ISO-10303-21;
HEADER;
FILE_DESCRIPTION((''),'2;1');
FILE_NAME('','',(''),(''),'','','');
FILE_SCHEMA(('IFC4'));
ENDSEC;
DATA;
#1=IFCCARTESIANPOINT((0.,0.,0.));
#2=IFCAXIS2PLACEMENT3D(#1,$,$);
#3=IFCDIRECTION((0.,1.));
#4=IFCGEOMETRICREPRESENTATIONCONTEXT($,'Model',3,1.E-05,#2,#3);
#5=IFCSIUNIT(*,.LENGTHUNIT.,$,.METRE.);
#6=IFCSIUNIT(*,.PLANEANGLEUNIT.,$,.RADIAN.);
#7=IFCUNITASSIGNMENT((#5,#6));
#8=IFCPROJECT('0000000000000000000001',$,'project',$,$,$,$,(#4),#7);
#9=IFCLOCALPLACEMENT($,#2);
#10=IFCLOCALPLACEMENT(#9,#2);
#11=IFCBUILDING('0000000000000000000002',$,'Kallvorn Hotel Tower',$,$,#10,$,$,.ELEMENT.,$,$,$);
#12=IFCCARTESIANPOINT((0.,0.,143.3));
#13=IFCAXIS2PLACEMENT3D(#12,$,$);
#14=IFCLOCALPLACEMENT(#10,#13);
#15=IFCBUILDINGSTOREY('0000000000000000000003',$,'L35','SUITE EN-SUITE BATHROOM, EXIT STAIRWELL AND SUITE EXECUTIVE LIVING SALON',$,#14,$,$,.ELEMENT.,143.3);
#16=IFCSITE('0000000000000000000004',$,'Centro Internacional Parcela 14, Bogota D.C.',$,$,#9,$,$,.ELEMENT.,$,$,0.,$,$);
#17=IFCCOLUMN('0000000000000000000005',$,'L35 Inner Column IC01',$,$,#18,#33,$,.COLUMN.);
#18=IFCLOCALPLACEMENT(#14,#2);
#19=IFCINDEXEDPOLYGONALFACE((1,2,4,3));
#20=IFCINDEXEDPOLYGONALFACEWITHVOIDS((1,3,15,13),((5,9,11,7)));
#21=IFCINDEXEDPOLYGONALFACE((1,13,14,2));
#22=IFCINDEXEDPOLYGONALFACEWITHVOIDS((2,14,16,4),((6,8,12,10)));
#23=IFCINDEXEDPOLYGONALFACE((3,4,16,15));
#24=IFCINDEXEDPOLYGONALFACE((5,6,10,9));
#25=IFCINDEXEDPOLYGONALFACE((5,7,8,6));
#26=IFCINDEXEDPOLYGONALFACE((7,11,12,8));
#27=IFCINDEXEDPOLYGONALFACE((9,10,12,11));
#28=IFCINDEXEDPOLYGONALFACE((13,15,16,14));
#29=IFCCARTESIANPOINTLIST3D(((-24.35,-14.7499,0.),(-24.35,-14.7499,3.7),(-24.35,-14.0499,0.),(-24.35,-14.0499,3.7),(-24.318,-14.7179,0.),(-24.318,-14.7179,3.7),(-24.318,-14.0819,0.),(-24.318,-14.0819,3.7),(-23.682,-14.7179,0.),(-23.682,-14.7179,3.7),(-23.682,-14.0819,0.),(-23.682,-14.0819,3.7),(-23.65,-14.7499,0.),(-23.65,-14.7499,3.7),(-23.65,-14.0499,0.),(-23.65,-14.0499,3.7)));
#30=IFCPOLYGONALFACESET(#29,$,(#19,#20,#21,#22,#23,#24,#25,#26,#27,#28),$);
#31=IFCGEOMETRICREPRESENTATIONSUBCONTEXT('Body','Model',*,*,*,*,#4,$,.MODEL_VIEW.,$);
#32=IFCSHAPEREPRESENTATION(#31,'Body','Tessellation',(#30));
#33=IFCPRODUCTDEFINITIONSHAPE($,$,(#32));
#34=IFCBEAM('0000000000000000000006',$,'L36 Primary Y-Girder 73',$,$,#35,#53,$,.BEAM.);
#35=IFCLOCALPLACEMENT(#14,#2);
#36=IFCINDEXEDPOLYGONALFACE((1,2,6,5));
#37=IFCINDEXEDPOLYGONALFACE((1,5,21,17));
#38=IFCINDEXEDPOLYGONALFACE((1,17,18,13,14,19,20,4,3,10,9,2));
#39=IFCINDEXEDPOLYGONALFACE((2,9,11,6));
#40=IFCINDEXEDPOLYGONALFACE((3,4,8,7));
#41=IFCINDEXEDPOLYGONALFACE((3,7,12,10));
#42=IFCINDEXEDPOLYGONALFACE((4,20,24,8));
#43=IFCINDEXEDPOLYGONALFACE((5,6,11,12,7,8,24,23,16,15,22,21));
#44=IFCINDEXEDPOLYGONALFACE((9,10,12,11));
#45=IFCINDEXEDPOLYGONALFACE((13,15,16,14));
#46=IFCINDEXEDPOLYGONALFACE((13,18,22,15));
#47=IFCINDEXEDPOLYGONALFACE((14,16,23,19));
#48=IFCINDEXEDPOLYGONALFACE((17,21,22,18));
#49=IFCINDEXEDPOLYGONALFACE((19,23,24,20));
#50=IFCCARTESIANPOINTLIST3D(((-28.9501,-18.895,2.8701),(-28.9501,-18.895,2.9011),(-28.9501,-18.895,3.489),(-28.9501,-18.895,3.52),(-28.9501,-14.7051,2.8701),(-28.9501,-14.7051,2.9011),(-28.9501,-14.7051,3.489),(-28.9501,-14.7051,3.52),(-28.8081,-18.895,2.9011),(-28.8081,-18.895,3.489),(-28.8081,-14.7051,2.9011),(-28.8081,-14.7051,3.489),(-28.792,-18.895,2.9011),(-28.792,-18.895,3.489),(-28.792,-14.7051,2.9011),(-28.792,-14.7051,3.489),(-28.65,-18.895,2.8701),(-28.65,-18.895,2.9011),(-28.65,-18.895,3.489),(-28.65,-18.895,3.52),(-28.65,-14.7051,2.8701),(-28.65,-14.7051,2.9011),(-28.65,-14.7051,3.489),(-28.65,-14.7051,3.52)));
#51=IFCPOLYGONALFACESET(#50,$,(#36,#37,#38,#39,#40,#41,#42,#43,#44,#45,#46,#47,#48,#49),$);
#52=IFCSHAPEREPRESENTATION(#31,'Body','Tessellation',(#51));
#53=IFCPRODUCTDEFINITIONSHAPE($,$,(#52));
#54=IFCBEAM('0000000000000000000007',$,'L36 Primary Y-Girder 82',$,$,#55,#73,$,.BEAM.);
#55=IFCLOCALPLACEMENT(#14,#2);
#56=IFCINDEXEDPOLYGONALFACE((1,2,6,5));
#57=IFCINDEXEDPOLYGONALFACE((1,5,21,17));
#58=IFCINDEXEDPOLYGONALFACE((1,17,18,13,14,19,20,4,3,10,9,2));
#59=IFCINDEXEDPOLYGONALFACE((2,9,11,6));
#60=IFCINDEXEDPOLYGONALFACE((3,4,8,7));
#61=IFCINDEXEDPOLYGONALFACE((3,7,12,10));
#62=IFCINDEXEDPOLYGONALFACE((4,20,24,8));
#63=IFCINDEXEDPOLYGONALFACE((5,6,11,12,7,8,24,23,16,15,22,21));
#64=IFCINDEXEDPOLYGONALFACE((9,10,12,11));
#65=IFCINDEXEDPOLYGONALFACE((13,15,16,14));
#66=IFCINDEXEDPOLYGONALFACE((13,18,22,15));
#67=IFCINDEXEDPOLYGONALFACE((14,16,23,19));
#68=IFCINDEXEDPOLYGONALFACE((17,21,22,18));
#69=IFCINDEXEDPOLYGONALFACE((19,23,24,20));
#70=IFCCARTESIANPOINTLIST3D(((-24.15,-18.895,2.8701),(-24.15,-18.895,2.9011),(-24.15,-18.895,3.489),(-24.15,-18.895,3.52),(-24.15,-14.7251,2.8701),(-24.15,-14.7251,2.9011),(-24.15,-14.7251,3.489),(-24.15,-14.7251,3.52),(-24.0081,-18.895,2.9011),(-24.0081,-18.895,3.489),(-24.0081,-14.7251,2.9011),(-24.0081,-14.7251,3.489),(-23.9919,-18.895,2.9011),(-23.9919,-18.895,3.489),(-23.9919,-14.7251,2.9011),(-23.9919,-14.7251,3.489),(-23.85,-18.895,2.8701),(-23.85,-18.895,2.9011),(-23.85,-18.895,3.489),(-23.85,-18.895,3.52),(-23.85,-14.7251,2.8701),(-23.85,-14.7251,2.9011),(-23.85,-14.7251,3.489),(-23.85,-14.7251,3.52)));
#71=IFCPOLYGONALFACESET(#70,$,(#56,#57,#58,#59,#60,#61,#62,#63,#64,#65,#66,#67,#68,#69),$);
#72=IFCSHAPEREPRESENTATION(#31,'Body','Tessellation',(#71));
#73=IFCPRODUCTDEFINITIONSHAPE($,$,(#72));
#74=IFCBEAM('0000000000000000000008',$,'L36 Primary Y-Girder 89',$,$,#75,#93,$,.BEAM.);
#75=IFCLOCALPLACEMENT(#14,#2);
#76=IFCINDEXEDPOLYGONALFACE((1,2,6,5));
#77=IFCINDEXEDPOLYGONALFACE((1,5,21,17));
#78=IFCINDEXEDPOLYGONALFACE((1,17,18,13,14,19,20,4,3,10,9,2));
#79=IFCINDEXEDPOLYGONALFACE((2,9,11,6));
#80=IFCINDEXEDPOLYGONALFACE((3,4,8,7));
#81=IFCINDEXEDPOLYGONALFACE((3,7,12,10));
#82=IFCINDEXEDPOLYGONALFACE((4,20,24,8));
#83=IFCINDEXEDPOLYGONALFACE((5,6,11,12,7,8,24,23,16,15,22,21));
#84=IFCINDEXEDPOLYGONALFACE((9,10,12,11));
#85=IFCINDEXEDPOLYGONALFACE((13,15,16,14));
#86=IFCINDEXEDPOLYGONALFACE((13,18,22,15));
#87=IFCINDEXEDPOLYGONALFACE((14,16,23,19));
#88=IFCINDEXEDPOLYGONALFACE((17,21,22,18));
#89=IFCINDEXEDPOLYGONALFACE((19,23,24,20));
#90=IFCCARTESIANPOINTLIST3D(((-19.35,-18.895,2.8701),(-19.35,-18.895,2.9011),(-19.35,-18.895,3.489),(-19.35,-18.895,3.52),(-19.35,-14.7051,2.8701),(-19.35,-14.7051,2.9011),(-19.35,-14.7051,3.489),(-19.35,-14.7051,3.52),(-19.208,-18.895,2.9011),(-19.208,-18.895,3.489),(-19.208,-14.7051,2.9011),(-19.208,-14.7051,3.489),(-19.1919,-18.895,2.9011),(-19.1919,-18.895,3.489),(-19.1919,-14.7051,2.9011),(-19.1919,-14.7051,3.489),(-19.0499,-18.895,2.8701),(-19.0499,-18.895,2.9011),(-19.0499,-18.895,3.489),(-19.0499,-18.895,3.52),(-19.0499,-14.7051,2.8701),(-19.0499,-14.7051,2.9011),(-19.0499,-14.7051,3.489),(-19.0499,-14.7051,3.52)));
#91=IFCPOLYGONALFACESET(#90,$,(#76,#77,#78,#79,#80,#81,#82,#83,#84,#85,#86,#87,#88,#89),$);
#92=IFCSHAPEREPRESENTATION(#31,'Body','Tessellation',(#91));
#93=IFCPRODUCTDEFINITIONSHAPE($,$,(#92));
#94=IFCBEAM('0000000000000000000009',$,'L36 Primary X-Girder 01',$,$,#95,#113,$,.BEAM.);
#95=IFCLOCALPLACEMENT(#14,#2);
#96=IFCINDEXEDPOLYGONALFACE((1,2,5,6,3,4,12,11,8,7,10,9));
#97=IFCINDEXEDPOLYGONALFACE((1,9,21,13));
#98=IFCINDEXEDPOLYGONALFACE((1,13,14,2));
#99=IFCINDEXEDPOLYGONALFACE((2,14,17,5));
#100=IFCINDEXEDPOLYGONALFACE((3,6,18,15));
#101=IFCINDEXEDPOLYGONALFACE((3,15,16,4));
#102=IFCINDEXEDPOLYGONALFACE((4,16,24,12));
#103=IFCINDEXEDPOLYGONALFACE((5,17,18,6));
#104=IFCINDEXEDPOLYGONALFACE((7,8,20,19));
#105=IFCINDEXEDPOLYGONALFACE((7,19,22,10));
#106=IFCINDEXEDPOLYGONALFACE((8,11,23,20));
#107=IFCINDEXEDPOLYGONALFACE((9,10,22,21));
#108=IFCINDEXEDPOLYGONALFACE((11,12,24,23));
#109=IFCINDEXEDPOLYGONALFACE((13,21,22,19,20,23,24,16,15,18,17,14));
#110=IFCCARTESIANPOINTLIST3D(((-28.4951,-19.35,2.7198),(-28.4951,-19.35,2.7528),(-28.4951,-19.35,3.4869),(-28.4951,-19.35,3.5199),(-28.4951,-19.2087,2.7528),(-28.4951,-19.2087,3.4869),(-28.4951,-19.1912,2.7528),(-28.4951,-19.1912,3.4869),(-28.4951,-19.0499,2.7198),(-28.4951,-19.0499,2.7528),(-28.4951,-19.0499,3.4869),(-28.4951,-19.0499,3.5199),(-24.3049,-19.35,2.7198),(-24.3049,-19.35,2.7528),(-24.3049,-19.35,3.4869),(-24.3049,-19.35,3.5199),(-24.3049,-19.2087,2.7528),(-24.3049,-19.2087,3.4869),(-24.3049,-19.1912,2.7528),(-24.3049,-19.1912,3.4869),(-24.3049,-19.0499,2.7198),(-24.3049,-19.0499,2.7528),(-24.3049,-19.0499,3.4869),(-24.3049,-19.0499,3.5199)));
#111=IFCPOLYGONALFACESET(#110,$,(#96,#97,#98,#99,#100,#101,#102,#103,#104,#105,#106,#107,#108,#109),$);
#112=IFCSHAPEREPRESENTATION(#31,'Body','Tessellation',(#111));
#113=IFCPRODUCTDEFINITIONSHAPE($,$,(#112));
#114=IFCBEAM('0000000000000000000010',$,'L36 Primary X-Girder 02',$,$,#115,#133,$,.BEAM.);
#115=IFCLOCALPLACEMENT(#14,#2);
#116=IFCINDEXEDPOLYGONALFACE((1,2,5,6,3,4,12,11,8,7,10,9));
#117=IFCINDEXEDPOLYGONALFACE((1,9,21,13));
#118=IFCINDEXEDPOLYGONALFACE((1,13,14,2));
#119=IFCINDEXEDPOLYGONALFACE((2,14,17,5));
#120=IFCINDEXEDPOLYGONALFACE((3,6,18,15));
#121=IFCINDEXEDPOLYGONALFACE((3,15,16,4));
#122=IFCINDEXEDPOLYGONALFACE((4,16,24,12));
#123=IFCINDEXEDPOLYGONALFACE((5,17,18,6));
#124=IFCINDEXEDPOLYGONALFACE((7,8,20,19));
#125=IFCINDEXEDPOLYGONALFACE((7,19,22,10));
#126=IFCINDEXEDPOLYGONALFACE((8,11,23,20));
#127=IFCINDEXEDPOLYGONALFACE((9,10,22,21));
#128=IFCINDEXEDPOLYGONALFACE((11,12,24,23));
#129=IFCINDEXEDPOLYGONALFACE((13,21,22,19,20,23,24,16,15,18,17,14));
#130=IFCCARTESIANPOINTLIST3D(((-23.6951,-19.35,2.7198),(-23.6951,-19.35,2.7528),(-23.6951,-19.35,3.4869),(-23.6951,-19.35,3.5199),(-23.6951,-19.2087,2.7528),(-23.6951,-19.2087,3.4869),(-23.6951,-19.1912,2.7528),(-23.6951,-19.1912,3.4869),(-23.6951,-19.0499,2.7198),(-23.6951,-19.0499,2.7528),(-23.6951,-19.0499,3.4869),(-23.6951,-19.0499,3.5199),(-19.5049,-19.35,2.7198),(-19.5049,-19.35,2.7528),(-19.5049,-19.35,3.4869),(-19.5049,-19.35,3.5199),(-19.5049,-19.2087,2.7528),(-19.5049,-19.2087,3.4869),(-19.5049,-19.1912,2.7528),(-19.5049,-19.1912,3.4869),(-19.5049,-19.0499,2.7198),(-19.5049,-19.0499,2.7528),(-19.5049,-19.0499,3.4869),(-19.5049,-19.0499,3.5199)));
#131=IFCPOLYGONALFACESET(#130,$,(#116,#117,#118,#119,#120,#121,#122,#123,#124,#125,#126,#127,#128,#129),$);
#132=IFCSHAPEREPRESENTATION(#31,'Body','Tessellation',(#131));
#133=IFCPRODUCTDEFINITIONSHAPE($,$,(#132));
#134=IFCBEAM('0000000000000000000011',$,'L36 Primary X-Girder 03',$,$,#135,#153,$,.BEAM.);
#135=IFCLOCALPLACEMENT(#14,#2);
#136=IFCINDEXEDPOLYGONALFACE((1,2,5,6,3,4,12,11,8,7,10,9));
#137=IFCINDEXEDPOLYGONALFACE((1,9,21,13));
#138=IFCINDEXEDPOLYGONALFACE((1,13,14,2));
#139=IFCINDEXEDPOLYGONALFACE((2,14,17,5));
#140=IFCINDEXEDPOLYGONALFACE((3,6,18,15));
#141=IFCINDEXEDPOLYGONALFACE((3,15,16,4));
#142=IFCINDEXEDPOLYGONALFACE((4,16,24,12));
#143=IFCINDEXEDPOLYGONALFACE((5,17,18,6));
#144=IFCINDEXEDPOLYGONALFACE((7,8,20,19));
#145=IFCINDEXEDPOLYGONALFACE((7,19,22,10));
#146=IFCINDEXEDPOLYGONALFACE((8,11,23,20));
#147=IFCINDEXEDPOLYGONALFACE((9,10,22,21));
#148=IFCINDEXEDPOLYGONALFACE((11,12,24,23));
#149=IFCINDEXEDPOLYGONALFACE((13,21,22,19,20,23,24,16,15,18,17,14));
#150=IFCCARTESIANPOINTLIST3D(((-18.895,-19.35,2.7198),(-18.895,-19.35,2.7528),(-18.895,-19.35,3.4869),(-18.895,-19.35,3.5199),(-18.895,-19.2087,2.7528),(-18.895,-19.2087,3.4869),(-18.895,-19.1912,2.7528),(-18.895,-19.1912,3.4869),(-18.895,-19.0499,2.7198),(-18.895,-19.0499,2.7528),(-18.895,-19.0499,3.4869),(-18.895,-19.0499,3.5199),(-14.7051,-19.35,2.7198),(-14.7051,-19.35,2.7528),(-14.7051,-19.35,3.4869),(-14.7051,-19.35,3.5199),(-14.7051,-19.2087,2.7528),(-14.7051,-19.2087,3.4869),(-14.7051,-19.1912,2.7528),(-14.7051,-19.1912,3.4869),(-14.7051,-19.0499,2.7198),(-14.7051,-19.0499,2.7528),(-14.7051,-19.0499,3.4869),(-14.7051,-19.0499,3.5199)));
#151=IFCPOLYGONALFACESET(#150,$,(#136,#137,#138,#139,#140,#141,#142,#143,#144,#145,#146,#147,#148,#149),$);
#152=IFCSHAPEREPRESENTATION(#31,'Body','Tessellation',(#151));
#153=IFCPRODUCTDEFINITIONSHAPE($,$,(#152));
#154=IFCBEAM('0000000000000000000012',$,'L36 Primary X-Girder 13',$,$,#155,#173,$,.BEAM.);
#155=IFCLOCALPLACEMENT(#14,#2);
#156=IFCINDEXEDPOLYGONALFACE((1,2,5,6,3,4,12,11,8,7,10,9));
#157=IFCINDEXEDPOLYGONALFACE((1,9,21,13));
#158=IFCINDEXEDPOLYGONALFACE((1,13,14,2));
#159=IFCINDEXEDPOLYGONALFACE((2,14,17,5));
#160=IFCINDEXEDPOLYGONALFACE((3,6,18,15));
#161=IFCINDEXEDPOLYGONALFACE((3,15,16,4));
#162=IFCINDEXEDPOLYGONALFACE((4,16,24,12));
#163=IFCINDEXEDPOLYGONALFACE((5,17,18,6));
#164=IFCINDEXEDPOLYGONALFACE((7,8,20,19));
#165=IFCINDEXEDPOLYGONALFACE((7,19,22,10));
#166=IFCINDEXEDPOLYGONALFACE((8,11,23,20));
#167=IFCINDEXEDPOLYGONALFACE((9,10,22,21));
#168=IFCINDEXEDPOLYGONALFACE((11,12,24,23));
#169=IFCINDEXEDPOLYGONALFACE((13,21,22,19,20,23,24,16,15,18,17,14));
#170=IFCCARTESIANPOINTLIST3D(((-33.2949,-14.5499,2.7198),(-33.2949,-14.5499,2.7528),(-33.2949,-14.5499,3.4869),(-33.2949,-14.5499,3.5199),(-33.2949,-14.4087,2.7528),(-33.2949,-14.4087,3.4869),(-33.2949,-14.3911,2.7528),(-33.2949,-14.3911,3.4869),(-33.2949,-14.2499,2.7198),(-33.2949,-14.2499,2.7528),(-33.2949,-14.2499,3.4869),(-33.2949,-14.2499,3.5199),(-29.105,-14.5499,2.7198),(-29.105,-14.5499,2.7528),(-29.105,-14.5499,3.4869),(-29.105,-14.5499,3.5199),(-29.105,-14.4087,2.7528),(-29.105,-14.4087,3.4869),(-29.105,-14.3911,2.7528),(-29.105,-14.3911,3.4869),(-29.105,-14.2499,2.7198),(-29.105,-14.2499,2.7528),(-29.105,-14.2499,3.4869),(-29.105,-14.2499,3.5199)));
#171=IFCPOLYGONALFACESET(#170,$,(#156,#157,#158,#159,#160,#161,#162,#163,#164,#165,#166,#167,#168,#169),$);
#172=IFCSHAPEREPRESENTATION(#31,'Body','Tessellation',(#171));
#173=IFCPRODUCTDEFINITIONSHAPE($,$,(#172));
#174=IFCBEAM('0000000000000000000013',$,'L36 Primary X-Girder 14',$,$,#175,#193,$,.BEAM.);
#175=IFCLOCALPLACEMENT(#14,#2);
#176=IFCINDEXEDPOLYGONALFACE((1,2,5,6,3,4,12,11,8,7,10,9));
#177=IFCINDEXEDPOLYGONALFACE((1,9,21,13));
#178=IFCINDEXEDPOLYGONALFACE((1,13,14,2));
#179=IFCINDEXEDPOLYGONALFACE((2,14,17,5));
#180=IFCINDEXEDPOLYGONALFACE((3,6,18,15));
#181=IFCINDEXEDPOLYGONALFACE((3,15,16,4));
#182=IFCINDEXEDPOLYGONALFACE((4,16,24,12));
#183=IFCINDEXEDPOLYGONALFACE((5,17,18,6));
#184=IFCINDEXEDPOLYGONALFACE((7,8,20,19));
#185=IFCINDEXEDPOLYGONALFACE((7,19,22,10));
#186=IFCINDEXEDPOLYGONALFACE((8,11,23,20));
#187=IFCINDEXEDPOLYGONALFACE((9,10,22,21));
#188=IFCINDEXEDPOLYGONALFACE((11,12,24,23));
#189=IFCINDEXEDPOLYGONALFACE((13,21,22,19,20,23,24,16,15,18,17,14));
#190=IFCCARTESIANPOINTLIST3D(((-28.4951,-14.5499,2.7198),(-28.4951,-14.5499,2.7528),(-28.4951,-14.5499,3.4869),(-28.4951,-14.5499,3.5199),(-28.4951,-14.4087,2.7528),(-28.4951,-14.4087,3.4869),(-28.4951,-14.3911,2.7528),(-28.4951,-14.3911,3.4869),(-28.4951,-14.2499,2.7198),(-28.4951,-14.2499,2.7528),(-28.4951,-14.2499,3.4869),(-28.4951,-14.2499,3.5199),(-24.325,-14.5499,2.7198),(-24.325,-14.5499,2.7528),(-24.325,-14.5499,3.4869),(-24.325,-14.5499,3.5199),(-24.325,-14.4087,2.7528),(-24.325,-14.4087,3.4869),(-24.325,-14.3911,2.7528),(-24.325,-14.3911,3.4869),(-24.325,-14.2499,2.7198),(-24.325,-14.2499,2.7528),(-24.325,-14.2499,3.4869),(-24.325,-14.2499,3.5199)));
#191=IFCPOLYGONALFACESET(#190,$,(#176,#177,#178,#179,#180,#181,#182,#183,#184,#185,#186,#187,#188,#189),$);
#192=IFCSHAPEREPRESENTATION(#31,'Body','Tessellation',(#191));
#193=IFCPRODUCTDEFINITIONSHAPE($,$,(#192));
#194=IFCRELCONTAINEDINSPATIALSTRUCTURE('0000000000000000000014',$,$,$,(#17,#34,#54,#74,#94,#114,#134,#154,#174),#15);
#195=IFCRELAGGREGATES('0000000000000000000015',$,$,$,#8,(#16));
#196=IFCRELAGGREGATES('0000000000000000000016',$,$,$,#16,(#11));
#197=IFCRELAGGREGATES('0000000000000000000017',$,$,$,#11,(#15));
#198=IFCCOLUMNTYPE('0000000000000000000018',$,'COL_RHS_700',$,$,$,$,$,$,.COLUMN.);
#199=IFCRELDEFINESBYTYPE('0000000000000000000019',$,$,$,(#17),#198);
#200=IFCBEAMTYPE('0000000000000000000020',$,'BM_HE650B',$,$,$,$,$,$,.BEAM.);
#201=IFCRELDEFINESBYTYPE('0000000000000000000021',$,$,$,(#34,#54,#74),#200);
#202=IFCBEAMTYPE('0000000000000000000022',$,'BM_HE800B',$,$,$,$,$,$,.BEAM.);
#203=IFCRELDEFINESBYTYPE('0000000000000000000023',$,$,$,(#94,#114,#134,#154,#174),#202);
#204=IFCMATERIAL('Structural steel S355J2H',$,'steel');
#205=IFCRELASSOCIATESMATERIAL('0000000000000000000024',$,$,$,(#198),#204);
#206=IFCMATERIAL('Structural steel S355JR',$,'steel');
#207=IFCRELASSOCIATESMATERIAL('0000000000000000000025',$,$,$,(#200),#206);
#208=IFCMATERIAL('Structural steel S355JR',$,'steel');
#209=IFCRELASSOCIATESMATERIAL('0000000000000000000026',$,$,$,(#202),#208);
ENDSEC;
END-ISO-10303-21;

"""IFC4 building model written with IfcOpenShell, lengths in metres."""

from ifc_helpers import new_model, si_unit, direction, frame, origin, origin_2d, place, context, subcontext, project, spatial, hollow_rectangle, i_section, extrude, material, material_profile, profile_set, type_object, element, save


model = new_model("IFC4")

# Units and contexts
model_context = context("Model", 3, precision=1e-05, world=origin(), true_north=direction((0.0, 1.0)))
body_context = subcontext(model_context, "Body", "Model", "MODEL_VIEW")
ifc_project = project(units=[si_unit("LENGTHUNIT", "METRE"), si_unit("PLANEANGLEUNIT", "RADIAN")], contexts=[model_context])

# Site, building, storey
site_placement = place(None, origin())
site = spatial("IfcSite", under=ifc_project, at=site_placement, Name="Centro Internacional Parcela 14, Bogota D.C.", CompositionType="ELEMENT", RefElevation=0.0)
building_placement = place(site_placement, origin())
building = spatial("IfcBuilding", under=site, at=building_placement, Name="Kallvorn Hotel Tower", CompositionType="ELEMENT")
storey_placement = place(building_placement, frame((0.0, 0.0, 143.3)))
storey = spatial("IfcBuildingStorey", under=building, at=storey_placement, Name="L35", Description="SUITE EN-SUITE BATHROOM, EXIT STAIRWELL AND SUITE EXECUTIVE LIVING SALON", CompositionType="ELEMENT", Elevation=143.3)

# Column
ifc_material_1 = material(Name="Structural steel S355J2H", Category="steel")
ifc_material_profile_1 = material_profile(ifc_material_1, hollow_rectangle(XDim=0.7, YDim=0.7, WallThickness=0.032, at=origin_2d()), Name="RHS 700x700x32")
ifc_profile_set_1 = profile_set([ifc_material_profile_1], Name="Structural steel S355J2H")
column_type_1 = type_object("IfcColumnType", Name="COL_RHS_700", PredefinedType="COLUMN", material=ifc_profile_set_1)
column_placement = place(storey_placement, frame((-24.0, -14.3999, 0.0), z_axis=(0.0, 0.0, 1.0), x_axis=(1.0, 0.0, 0.0)))
element("IfcColumn", 1, at=column_placement, inside=storey, type_object=column_type_1, Name="L35 Inner Column IC01", PredefinedType="COLUMN", context=body_context, shape_type="SweptSolid", body=[
    extrude(hollow_rectangle(XDim=0.7, YDim=0.7, WallThickness=0.032, at=origin_2d()), origin(), (0.0, 0.0, 1.0), 3.7),
])

# Beams
ifc_material_2 = material(Name="Structural steel S355JR", Category="steel")
ifc_material_profile_2 = material_profile(ifc_material_2, i_section(OverallWidth=0.3, OverallDepth=0.6499, WebThickness=0.0161, FlangeThickness=0.031, at=origin_2d()), Name="HE 650 B")
ifc_profile_set_2 = profile_set([ifc_material_profile_2], Name="Structural steel S355JR")
beam_type_1 = type_object("IfcBeamType", Name="BM_HE650B", PredefinedType="BEAM", material=ifc_profile_set_2)
beam_1_placement = place(storey_placement, frame((-28.8, -18.895, 3.1951), z_axis=(0.0, 1.0, 0.0), x_axis=(-1.0, 0.0, 0.0)))
element("IfcBeam", 2, at=beam_1_placement, inside=storey, type_object=beam_type_1, Name="L36 Primary Y-Girder 73", PredefinedType="BEAM", context=body_context, shape_type="SweptSolid", body=[
    extrude(i_section(OverallWidth=0.3, OverallDepth=0.6499, WebThickness=0.0161, FlangeThickness=0.031, at=origin_2d()), origin(), (0.0, 0.0, 1.0), 4.1899),
])
beam_2_placement = place(storey_placement, frame((-24.0, -18.895, 3.1951), z_axis=(0.0, 1.0, 0.0), x_axis=(-1.0, 0.0, 0.0)))
element("IfcBeam", 3, at=beam_2_placement, inside=storey, type_object=beam_type_1, Name="L36 Primary Y-Girder 82", PredefinedType="BEAM", context=body_context, shape_type="SweptSolid", body=[
    extrude(i_section(OverallWidth=0.3, OverallDepth=0.6499, WebThickness=0.0161, FlangeThickness=0.031, at=origin_2d()), origin(), (0.0, 0.0, 1.0), 4.1699),
])
beam_3_placement = place(storey_placement, frame((-19.2, -18.895, 3.1951), z_axis=(0.0, 1.0, 0.0), x_axis=(-1.0, 0.0, 0.0)))
element("IfcBeam", 4, at=beam_3_placement, inside=storey, type_object=beam_type_1, Name="L36 Primary Y-Girder 89", PredefinedType="BEAM", context=body_context, shape_type="SweptSolid", body=[
    extrude(i_section(OverallWidth=0.3, OverallDepth=0.6499, WebThickness=0.0161, FlangeThickness=0.031, at=origin_2d()), origin(), (0.0, 0.0, 1.0), 4.1899),
])
ifc_material_3 = material(Name="Structural steel S355JR", Category="steel")
ifc_material_profile_3 = material_profile(ifc_material_3, i_section(OverallWidth=0.3, OverallDepth=0.8, WebThickness=0.0176, FlangeThickness=0.033, at=origin_2d()), Name="HE 800 B")
ifc_profile_set_3 = profile_set([ifc_material_profile_3], Name="Structural steel S355JR")
beam_type_2 = type_object("IfcBeamType", Name="BM_HE800B", PredefinedType="BEAM", material=ifc_profile_set_3)
for number, where, z_axis, x_axis, name in (
    (5, (-28.4951, -19.2, 3.1199), (1.0, 0.0, 0.0), (0.0, 1.0, 0.0), "L36 Primary X-Girder 01"),
    (6, (-23.6951, -19.2, 3.1199), (1.0, 0.0, 0.0), (0.0, 1.0, 0.0), "L36 Primary X-Girder 02"),
):
    element("IfcBeam", number, at=place(storey_placement, frame(where, z_axis=z_axis, x_axis=x_axis)), inside=storey, type_object=beam_type_2, Name=name, PredefinedType="BEAM", context=body_context, shape_type="SweptSolid", body=[
        extrude(i_section(OverallWidth=0.3, OverallDepth=0.8, WebThickness=0.0176, FlangeThickness=0.033, at=origin_2d()), origin(), (0.0, 0.0, 1.0), 4.1902),
    ])
for number, where, z_axis, x_axis, name in (
    (7, (-18.895, -19.2, 3.1199), (1.0, 0.0, 0.0), (0.0, 1.0, 0.0), "L36 Primary X-Girder 03"),
    (8, (-33.2949, -14.3999, 3.1199), (1.0, 0.0, 0.0), (0.0, 1.0, 0.0), "L36 Primary X-Girder 13"),
):
    element("IfcBeam", number, at=place(storey_placement, frame(where, z_axis=z_axis, x_axis=x_axis)), inside=storey, type_object=beam_type_2, Name=name, PredefinedType="BEAM", context=body_context, shape_type="SweptSolid", body=[
        extrude(i_section(OverallWidth=0.3, OverallDepth=0.8, WebThickness=0.0176, FlangeThickness=0.033, at=origin_2d()), origin(), (0.0, 0.0, 1.0), 4.1899),
    ])
for number, where, z_axis, x_axis, name in (
    (9, (-28.4951, -14.3999, 3.1199), (1.0, 0.0, 0.0), (0.0, 1.0, 0.0), "L36 Primary X-Girder 14"),
):
    element("IfcBeam", number, at=place(storey_placement, frame(where, z_axis=z_axis, x_axis=x_axis)), inside=storey, type_object=beam_type_2, Name=name, PredefinedType="BEAM", context=body_context, shape_type="SweptSolid", body=[
        extrude(i_section(OverallWidth=0.3, OverallDepth=0.8, WebThickness=0.0176, FlangeThickness=0.033, at=origin_2d()), origin(), (0.0, 0.0, 1.0), 4.1702),
    ])

save(model, "model.ifc")
